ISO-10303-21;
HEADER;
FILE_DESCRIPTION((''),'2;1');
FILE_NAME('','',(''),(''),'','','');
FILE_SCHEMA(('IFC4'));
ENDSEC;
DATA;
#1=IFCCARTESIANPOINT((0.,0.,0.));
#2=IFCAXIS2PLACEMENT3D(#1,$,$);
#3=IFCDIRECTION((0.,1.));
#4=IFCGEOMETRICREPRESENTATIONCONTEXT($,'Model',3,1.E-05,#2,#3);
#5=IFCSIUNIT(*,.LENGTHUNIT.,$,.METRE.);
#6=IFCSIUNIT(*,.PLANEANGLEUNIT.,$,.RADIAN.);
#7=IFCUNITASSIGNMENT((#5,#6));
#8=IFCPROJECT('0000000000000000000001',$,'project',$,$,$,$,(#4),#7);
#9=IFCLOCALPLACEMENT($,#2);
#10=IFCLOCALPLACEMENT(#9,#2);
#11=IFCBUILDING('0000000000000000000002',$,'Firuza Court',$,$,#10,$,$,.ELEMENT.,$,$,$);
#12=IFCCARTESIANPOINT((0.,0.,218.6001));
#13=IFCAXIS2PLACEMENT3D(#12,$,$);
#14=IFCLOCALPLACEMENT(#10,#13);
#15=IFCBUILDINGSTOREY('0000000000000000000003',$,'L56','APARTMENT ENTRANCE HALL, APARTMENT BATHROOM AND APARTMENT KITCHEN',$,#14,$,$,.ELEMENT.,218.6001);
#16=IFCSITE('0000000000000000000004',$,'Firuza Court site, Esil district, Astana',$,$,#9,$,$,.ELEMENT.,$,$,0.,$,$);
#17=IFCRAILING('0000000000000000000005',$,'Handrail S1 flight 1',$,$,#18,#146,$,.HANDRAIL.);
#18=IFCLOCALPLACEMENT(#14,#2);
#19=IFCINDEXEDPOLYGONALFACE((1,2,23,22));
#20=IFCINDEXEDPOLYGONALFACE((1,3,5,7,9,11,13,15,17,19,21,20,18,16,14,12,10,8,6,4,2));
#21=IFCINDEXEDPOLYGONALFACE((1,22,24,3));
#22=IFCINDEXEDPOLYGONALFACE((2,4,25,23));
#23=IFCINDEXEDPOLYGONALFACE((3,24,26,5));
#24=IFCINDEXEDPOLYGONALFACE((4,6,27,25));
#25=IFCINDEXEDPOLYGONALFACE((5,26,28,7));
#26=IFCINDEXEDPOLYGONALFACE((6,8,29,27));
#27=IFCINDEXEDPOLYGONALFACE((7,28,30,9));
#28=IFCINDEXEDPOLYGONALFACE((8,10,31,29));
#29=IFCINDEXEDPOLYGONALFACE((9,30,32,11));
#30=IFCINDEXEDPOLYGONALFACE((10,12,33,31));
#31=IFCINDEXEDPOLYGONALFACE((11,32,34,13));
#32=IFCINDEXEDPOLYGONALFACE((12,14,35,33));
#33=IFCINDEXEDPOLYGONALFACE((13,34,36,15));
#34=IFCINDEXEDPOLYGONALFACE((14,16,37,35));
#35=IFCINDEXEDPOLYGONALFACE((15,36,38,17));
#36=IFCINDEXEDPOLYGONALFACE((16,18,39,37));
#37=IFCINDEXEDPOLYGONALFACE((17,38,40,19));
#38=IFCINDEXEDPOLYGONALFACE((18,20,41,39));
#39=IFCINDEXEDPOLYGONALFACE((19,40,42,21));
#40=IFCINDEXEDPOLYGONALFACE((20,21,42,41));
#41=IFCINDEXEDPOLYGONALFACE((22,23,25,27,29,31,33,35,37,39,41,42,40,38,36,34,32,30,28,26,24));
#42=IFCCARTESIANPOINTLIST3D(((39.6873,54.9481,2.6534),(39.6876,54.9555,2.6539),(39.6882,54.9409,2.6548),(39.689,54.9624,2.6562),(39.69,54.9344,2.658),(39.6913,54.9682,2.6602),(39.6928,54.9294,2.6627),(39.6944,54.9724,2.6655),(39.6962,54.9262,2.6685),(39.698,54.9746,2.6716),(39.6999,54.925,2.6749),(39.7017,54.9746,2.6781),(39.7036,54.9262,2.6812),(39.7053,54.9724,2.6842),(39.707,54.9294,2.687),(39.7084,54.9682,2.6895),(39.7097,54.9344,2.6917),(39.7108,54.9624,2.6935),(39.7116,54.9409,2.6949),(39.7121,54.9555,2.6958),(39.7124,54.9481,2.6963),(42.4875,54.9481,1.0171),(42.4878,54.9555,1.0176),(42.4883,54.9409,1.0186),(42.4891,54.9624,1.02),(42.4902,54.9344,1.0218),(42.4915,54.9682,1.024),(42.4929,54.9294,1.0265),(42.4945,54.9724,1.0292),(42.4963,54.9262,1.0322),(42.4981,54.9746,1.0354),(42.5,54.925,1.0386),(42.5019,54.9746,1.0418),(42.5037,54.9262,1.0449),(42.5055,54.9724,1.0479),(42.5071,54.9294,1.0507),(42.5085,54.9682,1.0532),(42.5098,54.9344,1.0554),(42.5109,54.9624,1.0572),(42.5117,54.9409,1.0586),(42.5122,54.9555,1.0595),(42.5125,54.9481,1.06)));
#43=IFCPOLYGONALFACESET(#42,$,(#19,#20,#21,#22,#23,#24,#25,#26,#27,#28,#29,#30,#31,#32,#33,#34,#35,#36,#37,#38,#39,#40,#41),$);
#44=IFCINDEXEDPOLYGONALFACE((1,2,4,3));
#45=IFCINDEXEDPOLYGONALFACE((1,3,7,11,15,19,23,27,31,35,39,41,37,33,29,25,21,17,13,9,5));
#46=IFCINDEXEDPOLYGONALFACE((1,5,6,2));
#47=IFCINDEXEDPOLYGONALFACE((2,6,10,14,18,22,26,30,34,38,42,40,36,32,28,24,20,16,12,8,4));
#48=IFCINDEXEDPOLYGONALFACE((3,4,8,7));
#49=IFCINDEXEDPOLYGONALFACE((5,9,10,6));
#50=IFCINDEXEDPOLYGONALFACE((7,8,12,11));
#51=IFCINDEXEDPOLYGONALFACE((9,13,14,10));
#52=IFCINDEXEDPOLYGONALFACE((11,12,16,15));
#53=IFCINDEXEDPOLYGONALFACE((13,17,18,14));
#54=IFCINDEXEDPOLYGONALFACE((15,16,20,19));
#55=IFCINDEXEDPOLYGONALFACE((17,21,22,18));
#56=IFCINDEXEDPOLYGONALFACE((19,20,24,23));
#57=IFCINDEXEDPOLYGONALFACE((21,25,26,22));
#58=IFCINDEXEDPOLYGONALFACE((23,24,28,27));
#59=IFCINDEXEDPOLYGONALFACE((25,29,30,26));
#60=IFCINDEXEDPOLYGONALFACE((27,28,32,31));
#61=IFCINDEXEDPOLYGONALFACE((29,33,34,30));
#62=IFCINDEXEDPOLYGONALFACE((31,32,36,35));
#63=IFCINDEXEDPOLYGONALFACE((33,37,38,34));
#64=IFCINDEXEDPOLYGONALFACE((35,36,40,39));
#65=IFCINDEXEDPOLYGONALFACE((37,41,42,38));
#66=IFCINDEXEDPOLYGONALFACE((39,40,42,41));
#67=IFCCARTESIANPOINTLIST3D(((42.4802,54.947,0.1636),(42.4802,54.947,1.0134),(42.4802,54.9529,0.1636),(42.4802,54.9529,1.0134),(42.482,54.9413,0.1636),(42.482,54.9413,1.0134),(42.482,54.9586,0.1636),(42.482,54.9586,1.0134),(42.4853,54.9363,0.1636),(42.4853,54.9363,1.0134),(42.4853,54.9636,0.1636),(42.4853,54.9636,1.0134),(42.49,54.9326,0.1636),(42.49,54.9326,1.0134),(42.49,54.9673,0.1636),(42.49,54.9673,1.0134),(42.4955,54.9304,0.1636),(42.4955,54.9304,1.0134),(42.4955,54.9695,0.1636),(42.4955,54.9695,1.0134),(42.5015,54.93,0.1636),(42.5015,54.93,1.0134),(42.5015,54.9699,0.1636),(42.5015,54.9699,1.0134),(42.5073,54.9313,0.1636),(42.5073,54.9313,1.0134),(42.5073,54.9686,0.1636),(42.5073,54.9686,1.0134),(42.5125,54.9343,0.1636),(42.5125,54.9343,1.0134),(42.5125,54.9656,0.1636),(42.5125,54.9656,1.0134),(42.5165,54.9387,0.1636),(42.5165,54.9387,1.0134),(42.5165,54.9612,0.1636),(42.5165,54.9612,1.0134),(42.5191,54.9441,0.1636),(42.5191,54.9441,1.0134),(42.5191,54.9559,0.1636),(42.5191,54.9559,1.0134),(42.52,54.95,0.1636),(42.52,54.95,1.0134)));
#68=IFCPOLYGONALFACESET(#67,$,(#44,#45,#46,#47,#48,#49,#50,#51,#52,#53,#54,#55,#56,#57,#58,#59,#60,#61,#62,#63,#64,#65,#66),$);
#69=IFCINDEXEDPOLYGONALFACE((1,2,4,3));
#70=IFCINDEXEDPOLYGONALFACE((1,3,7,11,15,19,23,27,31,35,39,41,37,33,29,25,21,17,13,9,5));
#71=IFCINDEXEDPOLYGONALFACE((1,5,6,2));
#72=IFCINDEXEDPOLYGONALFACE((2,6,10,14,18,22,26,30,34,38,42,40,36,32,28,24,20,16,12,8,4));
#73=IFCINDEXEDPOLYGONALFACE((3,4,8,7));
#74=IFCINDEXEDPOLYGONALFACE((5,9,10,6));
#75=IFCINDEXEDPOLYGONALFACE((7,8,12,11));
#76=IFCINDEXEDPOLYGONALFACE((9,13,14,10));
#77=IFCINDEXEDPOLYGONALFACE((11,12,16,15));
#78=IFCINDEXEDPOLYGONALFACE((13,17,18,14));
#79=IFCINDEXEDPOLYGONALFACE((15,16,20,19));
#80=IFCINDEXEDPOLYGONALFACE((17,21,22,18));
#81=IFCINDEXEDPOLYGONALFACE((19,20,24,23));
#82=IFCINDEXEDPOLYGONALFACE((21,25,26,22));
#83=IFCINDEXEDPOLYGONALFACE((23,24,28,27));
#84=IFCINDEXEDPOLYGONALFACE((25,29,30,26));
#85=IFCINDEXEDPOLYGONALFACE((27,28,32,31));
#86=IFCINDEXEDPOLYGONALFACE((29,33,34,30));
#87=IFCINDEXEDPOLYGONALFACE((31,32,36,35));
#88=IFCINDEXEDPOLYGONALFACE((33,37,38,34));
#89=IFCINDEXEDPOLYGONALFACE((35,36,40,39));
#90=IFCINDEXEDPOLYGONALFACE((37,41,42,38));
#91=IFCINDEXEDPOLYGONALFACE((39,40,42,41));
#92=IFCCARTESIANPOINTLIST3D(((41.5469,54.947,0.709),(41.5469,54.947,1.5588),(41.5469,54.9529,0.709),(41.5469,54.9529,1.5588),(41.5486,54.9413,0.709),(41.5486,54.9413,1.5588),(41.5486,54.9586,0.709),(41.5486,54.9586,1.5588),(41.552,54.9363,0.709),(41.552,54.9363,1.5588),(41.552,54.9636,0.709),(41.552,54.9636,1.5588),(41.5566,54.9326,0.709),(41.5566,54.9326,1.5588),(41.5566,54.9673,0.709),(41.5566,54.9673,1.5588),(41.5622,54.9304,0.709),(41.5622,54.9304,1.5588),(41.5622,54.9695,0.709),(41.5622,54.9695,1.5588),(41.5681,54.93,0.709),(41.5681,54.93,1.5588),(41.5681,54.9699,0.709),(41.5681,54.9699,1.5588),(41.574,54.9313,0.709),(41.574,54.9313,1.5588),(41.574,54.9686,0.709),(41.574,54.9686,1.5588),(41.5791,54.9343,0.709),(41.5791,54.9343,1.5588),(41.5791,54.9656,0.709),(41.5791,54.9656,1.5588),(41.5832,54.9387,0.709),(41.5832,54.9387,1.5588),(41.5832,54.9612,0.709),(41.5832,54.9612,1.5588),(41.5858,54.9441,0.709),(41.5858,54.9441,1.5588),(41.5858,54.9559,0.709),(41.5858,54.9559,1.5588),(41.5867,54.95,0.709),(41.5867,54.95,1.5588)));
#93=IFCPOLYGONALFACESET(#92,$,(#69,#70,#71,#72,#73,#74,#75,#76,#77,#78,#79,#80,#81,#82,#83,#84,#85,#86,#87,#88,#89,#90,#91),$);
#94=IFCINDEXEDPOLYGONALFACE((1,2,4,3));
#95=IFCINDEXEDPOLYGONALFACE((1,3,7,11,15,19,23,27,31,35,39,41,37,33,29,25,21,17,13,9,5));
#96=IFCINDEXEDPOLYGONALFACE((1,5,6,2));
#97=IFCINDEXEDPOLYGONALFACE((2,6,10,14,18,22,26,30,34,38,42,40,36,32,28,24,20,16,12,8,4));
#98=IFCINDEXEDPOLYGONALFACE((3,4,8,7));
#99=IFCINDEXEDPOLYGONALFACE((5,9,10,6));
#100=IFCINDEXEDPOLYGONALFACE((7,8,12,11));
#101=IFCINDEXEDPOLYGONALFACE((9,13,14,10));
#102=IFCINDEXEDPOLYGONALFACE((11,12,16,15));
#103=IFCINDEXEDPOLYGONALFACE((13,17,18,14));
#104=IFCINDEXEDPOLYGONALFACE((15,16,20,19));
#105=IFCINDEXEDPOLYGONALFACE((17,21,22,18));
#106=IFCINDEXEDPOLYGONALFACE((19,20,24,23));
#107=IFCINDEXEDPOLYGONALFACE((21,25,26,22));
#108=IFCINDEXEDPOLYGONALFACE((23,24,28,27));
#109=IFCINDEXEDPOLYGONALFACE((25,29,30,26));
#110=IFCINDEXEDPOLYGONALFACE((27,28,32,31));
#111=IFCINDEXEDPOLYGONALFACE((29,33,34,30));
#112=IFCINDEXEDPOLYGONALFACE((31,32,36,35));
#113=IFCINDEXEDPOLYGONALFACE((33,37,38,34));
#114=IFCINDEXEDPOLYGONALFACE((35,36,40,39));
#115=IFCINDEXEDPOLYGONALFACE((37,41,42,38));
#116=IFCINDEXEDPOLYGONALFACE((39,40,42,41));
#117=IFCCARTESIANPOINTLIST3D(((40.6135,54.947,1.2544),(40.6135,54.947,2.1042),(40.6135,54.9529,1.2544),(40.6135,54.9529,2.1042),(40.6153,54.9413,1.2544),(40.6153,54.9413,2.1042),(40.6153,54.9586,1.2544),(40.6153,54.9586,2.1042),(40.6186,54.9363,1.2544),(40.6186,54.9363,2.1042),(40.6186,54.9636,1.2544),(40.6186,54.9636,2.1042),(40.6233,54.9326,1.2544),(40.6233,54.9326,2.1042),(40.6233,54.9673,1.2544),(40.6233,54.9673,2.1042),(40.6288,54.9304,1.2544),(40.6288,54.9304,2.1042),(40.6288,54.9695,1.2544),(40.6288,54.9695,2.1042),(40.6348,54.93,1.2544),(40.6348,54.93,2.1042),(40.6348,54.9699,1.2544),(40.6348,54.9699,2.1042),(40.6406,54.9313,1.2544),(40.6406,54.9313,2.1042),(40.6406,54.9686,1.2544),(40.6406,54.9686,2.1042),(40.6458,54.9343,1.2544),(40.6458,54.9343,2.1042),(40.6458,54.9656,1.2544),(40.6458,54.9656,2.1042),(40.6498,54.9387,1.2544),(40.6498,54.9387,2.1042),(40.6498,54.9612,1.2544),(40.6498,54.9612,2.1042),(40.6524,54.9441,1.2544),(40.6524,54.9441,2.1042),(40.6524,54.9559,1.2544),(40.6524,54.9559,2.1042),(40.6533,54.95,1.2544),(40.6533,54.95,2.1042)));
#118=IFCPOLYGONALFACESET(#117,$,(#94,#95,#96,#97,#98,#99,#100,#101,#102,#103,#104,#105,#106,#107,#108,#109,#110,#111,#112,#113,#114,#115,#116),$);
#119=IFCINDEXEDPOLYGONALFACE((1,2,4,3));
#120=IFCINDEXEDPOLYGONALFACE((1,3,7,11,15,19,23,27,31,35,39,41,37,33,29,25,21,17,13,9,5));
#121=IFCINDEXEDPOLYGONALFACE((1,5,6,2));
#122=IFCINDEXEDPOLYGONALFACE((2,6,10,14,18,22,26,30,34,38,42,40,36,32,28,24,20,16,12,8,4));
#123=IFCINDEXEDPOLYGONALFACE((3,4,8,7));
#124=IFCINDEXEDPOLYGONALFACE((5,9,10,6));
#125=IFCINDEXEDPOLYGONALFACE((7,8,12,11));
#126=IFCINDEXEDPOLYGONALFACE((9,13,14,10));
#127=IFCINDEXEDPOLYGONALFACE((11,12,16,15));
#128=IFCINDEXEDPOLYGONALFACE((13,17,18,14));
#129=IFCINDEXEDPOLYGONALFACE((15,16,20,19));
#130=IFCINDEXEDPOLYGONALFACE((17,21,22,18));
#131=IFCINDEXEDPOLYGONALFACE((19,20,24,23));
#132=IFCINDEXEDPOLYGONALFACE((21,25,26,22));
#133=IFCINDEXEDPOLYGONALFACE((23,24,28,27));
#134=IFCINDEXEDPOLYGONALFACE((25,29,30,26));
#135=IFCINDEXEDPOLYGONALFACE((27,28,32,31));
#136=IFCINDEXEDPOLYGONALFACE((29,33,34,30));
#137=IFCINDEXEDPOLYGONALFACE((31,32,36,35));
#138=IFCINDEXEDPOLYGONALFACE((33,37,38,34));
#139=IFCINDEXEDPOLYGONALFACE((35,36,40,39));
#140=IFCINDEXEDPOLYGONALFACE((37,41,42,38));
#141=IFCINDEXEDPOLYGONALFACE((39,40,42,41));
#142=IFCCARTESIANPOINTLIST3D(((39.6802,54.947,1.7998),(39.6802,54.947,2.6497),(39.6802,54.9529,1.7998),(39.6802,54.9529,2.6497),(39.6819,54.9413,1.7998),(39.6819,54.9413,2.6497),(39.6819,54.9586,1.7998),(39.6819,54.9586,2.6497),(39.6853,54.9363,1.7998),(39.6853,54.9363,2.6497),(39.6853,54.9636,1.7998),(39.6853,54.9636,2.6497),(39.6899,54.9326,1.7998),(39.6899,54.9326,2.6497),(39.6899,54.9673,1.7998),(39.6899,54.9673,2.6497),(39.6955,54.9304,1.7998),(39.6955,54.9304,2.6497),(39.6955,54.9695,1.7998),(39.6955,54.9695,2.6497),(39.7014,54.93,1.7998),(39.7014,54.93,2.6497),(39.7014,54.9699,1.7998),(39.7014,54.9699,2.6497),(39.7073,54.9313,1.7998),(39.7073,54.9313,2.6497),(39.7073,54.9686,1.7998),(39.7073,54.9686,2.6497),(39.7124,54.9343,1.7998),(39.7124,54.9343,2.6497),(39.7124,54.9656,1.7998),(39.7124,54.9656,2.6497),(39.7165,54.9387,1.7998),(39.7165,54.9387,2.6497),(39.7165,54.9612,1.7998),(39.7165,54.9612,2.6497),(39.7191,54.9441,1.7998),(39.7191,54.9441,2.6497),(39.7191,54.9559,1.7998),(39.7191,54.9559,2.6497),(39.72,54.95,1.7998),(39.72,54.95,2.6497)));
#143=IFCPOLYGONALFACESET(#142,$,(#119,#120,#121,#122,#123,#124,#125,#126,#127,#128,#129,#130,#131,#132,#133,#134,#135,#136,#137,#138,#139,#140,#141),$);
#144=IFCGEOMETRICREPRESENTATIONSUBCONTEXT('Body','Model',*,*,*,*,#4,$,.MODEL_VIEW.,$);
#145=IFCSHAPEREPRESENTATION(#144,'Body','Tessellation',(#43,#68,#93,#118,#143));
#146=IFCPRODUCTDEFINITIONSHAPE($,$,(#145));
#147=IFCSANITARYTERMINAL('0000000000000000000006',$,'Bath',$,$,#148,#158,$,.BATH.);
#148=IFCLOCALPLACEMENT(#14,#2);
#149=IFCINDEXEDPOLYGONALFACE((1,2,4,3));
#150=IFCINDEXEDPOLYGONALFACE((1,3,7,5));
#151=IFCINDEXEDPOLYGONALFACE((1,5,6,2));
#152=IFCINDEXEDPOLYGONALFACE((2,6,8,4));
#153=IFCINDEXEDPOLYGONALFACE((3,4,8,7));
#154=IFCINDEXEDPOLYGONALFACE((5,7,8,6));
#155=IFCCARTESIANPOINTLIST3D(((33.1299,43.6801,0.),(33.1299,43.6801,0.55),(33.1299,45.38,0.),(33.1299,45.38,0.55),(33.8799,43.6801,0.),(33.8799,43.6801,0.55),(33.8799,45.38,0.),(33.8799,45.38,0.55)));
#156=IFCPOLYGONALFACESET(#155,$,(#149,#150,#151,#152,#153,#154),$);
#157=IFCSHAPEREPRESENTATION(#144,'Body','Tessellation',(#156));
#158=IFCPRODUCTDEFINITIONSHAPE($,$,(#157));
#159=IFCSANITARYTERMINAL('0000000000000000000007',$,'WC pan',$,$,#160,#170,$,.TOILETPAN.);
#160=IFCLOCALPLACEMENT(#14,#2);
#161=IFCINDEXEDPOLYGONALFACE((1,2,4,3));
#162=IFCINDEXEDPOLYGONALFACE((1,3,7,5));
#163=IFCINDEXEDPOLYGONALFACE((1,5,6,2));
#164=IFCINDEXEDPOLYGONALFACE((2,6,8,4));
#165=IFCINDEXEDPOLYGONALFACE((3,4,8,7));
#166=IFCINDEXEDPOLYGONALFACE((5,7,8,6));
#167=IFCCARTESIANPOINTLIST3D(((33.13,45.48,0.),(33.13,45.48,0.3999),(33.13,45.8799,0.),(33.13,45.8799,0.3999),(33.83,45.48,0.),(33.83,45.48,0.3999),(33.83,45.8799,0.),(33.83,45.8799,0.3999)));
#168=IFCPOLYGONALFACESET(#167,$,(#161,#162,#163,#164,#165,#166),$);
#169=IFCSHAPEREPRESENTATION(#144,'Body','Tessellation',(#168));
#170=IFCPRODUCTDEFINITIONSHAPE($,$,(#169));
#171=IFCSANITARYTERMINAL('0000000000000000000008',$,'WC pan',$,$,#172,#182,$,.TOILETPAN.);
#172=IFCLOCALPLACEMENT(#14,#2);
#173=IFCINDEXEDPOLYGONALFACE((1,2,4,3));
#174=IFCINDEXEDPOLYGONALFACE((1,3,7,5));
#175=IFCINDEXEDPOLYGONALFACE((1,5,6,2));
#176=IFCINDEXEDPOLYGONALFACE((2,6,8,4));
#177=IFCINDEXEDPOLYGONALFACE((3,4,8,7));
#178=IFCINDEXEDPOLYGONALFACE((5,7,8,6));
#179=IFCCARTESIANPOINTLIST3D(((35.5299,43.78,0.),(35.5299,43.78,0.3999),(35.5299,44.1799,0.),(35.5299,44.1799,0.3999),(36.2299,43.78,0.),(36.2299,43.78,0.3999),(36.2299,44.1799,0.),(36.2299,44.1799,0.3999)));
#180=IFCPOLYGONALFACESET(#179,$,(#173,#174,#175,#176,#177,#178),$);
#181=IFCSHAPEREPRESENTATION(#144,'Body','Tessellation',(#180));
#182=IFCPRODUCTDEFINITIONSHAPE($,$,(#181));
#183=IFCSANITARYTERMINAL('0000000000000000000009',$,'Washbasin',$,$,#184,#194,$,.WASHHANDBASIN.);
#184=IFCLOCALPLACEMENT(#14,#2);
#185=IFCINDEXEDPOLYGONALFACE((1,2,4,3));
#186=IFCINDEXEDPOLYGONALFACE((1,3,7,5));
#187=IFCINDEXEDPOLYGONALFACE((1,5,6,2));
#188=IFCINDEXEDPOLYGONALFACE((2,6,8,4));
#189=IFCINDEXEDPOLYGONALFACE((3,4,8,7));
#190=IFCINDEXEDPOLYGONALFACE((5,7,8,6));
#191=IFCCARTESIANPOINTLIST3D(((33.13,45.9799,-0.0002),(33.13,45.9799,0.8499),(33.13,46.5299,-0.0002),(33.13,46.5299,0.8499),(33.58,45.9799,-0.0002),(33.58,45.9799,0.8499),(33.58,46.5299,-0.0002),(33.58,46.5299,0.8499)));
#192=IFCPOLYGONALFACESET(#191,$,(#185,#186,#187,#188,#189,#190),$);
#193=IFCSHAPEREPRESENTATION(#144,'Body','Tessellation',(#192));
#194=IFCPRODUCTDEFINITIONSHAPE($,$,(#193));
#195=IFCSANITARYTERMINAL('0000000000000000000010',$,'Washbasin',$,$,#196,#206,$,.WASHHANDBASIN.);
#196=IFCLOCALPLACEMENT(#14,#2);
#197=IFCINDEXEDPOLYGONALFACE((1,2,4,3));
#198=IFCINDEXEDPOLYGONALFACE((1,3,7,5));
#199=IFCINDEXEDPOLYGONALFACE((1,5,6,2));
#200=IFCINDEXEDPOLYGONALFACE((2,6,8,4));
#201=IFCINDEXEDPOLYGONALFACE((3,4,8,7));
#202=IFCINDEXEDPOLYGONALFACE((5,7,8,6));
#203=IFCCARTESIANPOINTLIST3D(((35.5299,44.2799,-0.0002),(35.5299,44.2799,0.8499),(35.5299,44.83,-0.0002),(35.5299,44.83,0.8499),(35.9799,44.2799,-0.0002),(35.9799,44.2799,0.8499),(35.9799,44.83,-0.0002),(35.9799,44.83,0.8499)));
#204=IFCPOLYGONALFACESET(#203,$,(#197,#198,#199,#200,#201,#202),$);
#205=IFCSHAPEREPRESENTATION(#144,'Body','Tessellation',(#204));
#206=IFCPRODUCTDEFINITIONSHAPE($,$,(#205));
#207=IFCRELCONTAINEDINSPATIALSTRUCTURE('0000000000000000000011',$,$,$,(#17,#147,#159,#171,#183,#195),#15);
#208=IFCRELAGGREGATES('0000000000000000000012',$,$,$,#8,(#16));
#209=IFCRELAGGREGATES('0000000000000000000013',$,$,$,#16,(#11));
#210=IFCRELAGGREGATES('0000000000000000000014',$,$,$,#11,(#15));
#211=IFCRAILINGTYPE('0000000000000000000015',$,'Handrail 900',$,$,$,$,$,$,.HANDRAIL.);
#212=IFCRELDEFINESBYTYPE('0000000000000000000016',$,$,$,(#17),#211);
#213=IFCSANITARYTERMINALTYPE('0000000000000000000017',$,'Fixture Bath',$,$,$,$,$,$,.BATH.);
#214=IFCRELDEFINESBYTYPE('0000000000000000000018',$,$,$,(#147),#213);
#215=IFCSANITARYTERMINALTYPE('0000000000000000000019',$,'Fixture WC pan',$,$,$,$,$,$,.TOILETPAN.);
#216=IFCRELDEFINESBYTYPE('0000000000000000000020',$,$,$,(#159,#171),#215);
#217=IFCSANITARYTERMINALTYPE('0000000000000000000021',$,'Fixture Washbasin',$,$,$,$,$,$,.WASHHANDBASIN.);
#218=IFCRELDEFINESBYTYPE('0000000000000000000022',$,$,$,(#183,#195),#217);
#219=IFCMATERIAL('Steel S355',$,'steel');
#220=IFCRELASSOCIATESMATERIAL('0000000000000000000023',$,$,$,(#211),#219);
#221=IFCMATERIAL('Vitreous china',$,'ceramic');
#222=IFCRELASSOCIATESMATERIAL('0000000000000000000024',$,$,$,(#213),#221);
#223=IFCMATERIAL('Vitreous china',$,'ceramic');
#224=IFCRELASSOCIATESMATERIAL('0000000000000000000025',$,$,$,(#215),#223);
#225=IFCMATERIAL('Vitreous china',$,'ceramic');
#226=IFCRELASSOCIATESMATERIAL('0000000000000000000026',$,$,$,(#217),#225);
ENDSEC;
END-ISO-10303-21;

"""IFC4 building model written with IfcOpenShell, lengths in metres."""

from ifc_helpers import new_model, si_unit, direction, frame, origin, origin_2d, place, context, subcontext, project, spatial, rectangle, circle, extrude, material, type_object, element, save


model = new_model("IFC4")

# Units and contexts
model_context = context("Model", 3, precision=1e-05, world=origin(), true_north=direction((0.0, 1.0)))
body_context = subcontext(model_context, "Body", "Model", "MODEL_VIEW")
ifc_project = project(units=[si_unit("LENGTHUNIT", "METRE"), si_unit("PLANEANGLEUNIT", "RADIAN")], contexts=[model_context])

# Site, building, storey
site_placement = place(None, origin())
site = spatial("IfcSite", under=ifc_project, at=site_placement, Name="Firuza Court site, Esil district, Astana", CompositionType="ELEMENT", RefElevation=0.0)
building_placement = place(site_placement, origin())
building = spatial("IfcBuilding", under=site, at=building_placement, Name="Firuza Court", CompositionType="ELEMENT")
storey_placement = place(building_placement, frame((0.0, 0.0, 218.6001)))
storey = spatial("IfcBuildingStorey", under=building, at=storey_placement, Name="L56", Description="APARTMENT ENTRANCE HALL, APARTMENT BATHROOM AND APARTMENT KITCHEN", CompositionType="ELEMENT", Elevation=218.6001)

# Railing
ifc_material_1 = material(Name="Steel S355", Category="steel")
railing_type_1 = type_object("IfcRailingType", Name="Handrail 900", PredefinedType="HANDRAIL", material=ifc_material_1)
railing_1_placement = place(storey_placement, frame((42.5, 54.95, 0.1636)))
element("IfcRailing", 1, at=railing_1_placement, inside=storey, type_object=railing_type_1, Name="Handrail S1 flight 1", PredefinedType="HANDRAIL", context=body_context, shape_type="SweptSolid", body=[
    extrude(circle(Radius=0.0249, at=origin_2d()), frame((0.0, 0.0, 0.875), z_axis=(-0.863394, 0.0, 0.504531), x_axis=(0.0, -1.0, 0.0)), (0.0, 0.0, 1.0), 3.2432),
    extrude(circle(Radius=0.02, at=origin_2d()), origin(), (0.0, 0.0, 1.0), 0.8499),
    extrude(circle(Radius=0.02, at=origin_2d()), frame((-0.9333, 0.0, 0.5454)), (0.0, 0.0, 1.0), 0.8499),
    extrude(circle(Radius=0.02, at=origin_2d()), frame((-1.8667, 0.0, 1.0908)), (0.0, 0.0, 1.0), 0.8499),
    extrude(circle(Radius=0.02, at=origin_2d()), frame((-2.8, 0.0, 1.6362)), (0.0, 0.0, 1.0), 0.8499),
])

# Sanitary terminals
ifc_material_2 = material(Name="Vitreous china", Category="ceramic")
sanitary_terminal_type_1 = type_object("IfcSanitaryTerminalType", Name="Fixture Bath", PredefinedType="BATH", material=ifc_material_2)
sanitary_terminal_placement = place(storey_placement, frame((33.5049, 44.53, 0.0), z_axis=(0.0, 0.0, 1.0), x_axis=(1.0, 0.0, 0.0)))
element("IfcSanitaryTerminal", 2, at=sanitary_terminal_placement, inside=storey, type_object=sanitary_terminal_type_1, Name="Bath", PredefinedType="BATH", context=body_context, shape_type="SweptSolid", body=[
    extrude(rectangle(XDim=0.75, YDim=1.7, at=origin_2d()), origin(), (0.0, 0.0, 1.0), 0.55),
])
ifc_material_3 = material(Name="Vitreous china", Category="ceramic")
sanitary_terminal_type_2 = type_object("IfcSanitaryTerminalType", Name="Fixture WC pan", PredefinedType="TOILETPAN", material=ifc_material_3)
for number, where, z_axis, x_axis, name in (
    (3, (33.48, 45.6799, 0.0), (0.0, 0.0, 1.0), (1.0, 0.0, 0.0), "WC pan"),
    (4, (35.8799, 43.98, 0.0), (0.0, 0.0, 1.0), (1.0, 0.0, 0.0), "WC pan"),
):
    element("IfcSanitaryTerminal", number, at=place(storey_placement, frame(where, z_axis=z_axis, x_axis=x_axis)), inside=storey, type_object=sanitary_terminal_type_2, Name=name, PredefinedType="TOILETPAN", context=body_context, shape_type="SweptSolid", body=[
        extrude(rectangle(XDim=0.7, YDim=0.3999, at=origin_2d()), origin(), (0.0, 0.0, 1.0), 0.3999),
    ])
ifc_material_4 = material(Name="Vitreous china", Category="ceramic")
sanitary_terminal_type_3 = type_object("IfcSanitaryTerminalType", Name="Fixture Washbasin", PredefinedType="WASHHANDBASIN", material=ifc_material_4)
for number, where, z_axis, x_axis, name in (
    (5, (33.355, 46.2549, -0.0002), (0.0, 0.0, 1.0), (1.0, 0.0, 0.0), "Washbasin"),
    (6, (35.7549, 44.5549, -0.0002), (0.0, 0.0, 1.0), (1.0, 0.0, 0.0), "Washbasin"),
):
    element("IfcSanitaryTerminal", number, at=place(storey_placement, frame(where, z_axis=z_axis, x_axis=x_axis)), inside=storey, type_object=sanitary_terminal_type_3, Name=name, PredefinedType="WASHHANDBASIN", context=body_context, shape_type="SweptSolid", body=[
        extrude(rectangle(XDim=0.45, YDim=0.55, at=origin_2d()), origin(), (0.0, 0.0, 1.0), 0.8501),
    ])

save(model, "model.ifc")
